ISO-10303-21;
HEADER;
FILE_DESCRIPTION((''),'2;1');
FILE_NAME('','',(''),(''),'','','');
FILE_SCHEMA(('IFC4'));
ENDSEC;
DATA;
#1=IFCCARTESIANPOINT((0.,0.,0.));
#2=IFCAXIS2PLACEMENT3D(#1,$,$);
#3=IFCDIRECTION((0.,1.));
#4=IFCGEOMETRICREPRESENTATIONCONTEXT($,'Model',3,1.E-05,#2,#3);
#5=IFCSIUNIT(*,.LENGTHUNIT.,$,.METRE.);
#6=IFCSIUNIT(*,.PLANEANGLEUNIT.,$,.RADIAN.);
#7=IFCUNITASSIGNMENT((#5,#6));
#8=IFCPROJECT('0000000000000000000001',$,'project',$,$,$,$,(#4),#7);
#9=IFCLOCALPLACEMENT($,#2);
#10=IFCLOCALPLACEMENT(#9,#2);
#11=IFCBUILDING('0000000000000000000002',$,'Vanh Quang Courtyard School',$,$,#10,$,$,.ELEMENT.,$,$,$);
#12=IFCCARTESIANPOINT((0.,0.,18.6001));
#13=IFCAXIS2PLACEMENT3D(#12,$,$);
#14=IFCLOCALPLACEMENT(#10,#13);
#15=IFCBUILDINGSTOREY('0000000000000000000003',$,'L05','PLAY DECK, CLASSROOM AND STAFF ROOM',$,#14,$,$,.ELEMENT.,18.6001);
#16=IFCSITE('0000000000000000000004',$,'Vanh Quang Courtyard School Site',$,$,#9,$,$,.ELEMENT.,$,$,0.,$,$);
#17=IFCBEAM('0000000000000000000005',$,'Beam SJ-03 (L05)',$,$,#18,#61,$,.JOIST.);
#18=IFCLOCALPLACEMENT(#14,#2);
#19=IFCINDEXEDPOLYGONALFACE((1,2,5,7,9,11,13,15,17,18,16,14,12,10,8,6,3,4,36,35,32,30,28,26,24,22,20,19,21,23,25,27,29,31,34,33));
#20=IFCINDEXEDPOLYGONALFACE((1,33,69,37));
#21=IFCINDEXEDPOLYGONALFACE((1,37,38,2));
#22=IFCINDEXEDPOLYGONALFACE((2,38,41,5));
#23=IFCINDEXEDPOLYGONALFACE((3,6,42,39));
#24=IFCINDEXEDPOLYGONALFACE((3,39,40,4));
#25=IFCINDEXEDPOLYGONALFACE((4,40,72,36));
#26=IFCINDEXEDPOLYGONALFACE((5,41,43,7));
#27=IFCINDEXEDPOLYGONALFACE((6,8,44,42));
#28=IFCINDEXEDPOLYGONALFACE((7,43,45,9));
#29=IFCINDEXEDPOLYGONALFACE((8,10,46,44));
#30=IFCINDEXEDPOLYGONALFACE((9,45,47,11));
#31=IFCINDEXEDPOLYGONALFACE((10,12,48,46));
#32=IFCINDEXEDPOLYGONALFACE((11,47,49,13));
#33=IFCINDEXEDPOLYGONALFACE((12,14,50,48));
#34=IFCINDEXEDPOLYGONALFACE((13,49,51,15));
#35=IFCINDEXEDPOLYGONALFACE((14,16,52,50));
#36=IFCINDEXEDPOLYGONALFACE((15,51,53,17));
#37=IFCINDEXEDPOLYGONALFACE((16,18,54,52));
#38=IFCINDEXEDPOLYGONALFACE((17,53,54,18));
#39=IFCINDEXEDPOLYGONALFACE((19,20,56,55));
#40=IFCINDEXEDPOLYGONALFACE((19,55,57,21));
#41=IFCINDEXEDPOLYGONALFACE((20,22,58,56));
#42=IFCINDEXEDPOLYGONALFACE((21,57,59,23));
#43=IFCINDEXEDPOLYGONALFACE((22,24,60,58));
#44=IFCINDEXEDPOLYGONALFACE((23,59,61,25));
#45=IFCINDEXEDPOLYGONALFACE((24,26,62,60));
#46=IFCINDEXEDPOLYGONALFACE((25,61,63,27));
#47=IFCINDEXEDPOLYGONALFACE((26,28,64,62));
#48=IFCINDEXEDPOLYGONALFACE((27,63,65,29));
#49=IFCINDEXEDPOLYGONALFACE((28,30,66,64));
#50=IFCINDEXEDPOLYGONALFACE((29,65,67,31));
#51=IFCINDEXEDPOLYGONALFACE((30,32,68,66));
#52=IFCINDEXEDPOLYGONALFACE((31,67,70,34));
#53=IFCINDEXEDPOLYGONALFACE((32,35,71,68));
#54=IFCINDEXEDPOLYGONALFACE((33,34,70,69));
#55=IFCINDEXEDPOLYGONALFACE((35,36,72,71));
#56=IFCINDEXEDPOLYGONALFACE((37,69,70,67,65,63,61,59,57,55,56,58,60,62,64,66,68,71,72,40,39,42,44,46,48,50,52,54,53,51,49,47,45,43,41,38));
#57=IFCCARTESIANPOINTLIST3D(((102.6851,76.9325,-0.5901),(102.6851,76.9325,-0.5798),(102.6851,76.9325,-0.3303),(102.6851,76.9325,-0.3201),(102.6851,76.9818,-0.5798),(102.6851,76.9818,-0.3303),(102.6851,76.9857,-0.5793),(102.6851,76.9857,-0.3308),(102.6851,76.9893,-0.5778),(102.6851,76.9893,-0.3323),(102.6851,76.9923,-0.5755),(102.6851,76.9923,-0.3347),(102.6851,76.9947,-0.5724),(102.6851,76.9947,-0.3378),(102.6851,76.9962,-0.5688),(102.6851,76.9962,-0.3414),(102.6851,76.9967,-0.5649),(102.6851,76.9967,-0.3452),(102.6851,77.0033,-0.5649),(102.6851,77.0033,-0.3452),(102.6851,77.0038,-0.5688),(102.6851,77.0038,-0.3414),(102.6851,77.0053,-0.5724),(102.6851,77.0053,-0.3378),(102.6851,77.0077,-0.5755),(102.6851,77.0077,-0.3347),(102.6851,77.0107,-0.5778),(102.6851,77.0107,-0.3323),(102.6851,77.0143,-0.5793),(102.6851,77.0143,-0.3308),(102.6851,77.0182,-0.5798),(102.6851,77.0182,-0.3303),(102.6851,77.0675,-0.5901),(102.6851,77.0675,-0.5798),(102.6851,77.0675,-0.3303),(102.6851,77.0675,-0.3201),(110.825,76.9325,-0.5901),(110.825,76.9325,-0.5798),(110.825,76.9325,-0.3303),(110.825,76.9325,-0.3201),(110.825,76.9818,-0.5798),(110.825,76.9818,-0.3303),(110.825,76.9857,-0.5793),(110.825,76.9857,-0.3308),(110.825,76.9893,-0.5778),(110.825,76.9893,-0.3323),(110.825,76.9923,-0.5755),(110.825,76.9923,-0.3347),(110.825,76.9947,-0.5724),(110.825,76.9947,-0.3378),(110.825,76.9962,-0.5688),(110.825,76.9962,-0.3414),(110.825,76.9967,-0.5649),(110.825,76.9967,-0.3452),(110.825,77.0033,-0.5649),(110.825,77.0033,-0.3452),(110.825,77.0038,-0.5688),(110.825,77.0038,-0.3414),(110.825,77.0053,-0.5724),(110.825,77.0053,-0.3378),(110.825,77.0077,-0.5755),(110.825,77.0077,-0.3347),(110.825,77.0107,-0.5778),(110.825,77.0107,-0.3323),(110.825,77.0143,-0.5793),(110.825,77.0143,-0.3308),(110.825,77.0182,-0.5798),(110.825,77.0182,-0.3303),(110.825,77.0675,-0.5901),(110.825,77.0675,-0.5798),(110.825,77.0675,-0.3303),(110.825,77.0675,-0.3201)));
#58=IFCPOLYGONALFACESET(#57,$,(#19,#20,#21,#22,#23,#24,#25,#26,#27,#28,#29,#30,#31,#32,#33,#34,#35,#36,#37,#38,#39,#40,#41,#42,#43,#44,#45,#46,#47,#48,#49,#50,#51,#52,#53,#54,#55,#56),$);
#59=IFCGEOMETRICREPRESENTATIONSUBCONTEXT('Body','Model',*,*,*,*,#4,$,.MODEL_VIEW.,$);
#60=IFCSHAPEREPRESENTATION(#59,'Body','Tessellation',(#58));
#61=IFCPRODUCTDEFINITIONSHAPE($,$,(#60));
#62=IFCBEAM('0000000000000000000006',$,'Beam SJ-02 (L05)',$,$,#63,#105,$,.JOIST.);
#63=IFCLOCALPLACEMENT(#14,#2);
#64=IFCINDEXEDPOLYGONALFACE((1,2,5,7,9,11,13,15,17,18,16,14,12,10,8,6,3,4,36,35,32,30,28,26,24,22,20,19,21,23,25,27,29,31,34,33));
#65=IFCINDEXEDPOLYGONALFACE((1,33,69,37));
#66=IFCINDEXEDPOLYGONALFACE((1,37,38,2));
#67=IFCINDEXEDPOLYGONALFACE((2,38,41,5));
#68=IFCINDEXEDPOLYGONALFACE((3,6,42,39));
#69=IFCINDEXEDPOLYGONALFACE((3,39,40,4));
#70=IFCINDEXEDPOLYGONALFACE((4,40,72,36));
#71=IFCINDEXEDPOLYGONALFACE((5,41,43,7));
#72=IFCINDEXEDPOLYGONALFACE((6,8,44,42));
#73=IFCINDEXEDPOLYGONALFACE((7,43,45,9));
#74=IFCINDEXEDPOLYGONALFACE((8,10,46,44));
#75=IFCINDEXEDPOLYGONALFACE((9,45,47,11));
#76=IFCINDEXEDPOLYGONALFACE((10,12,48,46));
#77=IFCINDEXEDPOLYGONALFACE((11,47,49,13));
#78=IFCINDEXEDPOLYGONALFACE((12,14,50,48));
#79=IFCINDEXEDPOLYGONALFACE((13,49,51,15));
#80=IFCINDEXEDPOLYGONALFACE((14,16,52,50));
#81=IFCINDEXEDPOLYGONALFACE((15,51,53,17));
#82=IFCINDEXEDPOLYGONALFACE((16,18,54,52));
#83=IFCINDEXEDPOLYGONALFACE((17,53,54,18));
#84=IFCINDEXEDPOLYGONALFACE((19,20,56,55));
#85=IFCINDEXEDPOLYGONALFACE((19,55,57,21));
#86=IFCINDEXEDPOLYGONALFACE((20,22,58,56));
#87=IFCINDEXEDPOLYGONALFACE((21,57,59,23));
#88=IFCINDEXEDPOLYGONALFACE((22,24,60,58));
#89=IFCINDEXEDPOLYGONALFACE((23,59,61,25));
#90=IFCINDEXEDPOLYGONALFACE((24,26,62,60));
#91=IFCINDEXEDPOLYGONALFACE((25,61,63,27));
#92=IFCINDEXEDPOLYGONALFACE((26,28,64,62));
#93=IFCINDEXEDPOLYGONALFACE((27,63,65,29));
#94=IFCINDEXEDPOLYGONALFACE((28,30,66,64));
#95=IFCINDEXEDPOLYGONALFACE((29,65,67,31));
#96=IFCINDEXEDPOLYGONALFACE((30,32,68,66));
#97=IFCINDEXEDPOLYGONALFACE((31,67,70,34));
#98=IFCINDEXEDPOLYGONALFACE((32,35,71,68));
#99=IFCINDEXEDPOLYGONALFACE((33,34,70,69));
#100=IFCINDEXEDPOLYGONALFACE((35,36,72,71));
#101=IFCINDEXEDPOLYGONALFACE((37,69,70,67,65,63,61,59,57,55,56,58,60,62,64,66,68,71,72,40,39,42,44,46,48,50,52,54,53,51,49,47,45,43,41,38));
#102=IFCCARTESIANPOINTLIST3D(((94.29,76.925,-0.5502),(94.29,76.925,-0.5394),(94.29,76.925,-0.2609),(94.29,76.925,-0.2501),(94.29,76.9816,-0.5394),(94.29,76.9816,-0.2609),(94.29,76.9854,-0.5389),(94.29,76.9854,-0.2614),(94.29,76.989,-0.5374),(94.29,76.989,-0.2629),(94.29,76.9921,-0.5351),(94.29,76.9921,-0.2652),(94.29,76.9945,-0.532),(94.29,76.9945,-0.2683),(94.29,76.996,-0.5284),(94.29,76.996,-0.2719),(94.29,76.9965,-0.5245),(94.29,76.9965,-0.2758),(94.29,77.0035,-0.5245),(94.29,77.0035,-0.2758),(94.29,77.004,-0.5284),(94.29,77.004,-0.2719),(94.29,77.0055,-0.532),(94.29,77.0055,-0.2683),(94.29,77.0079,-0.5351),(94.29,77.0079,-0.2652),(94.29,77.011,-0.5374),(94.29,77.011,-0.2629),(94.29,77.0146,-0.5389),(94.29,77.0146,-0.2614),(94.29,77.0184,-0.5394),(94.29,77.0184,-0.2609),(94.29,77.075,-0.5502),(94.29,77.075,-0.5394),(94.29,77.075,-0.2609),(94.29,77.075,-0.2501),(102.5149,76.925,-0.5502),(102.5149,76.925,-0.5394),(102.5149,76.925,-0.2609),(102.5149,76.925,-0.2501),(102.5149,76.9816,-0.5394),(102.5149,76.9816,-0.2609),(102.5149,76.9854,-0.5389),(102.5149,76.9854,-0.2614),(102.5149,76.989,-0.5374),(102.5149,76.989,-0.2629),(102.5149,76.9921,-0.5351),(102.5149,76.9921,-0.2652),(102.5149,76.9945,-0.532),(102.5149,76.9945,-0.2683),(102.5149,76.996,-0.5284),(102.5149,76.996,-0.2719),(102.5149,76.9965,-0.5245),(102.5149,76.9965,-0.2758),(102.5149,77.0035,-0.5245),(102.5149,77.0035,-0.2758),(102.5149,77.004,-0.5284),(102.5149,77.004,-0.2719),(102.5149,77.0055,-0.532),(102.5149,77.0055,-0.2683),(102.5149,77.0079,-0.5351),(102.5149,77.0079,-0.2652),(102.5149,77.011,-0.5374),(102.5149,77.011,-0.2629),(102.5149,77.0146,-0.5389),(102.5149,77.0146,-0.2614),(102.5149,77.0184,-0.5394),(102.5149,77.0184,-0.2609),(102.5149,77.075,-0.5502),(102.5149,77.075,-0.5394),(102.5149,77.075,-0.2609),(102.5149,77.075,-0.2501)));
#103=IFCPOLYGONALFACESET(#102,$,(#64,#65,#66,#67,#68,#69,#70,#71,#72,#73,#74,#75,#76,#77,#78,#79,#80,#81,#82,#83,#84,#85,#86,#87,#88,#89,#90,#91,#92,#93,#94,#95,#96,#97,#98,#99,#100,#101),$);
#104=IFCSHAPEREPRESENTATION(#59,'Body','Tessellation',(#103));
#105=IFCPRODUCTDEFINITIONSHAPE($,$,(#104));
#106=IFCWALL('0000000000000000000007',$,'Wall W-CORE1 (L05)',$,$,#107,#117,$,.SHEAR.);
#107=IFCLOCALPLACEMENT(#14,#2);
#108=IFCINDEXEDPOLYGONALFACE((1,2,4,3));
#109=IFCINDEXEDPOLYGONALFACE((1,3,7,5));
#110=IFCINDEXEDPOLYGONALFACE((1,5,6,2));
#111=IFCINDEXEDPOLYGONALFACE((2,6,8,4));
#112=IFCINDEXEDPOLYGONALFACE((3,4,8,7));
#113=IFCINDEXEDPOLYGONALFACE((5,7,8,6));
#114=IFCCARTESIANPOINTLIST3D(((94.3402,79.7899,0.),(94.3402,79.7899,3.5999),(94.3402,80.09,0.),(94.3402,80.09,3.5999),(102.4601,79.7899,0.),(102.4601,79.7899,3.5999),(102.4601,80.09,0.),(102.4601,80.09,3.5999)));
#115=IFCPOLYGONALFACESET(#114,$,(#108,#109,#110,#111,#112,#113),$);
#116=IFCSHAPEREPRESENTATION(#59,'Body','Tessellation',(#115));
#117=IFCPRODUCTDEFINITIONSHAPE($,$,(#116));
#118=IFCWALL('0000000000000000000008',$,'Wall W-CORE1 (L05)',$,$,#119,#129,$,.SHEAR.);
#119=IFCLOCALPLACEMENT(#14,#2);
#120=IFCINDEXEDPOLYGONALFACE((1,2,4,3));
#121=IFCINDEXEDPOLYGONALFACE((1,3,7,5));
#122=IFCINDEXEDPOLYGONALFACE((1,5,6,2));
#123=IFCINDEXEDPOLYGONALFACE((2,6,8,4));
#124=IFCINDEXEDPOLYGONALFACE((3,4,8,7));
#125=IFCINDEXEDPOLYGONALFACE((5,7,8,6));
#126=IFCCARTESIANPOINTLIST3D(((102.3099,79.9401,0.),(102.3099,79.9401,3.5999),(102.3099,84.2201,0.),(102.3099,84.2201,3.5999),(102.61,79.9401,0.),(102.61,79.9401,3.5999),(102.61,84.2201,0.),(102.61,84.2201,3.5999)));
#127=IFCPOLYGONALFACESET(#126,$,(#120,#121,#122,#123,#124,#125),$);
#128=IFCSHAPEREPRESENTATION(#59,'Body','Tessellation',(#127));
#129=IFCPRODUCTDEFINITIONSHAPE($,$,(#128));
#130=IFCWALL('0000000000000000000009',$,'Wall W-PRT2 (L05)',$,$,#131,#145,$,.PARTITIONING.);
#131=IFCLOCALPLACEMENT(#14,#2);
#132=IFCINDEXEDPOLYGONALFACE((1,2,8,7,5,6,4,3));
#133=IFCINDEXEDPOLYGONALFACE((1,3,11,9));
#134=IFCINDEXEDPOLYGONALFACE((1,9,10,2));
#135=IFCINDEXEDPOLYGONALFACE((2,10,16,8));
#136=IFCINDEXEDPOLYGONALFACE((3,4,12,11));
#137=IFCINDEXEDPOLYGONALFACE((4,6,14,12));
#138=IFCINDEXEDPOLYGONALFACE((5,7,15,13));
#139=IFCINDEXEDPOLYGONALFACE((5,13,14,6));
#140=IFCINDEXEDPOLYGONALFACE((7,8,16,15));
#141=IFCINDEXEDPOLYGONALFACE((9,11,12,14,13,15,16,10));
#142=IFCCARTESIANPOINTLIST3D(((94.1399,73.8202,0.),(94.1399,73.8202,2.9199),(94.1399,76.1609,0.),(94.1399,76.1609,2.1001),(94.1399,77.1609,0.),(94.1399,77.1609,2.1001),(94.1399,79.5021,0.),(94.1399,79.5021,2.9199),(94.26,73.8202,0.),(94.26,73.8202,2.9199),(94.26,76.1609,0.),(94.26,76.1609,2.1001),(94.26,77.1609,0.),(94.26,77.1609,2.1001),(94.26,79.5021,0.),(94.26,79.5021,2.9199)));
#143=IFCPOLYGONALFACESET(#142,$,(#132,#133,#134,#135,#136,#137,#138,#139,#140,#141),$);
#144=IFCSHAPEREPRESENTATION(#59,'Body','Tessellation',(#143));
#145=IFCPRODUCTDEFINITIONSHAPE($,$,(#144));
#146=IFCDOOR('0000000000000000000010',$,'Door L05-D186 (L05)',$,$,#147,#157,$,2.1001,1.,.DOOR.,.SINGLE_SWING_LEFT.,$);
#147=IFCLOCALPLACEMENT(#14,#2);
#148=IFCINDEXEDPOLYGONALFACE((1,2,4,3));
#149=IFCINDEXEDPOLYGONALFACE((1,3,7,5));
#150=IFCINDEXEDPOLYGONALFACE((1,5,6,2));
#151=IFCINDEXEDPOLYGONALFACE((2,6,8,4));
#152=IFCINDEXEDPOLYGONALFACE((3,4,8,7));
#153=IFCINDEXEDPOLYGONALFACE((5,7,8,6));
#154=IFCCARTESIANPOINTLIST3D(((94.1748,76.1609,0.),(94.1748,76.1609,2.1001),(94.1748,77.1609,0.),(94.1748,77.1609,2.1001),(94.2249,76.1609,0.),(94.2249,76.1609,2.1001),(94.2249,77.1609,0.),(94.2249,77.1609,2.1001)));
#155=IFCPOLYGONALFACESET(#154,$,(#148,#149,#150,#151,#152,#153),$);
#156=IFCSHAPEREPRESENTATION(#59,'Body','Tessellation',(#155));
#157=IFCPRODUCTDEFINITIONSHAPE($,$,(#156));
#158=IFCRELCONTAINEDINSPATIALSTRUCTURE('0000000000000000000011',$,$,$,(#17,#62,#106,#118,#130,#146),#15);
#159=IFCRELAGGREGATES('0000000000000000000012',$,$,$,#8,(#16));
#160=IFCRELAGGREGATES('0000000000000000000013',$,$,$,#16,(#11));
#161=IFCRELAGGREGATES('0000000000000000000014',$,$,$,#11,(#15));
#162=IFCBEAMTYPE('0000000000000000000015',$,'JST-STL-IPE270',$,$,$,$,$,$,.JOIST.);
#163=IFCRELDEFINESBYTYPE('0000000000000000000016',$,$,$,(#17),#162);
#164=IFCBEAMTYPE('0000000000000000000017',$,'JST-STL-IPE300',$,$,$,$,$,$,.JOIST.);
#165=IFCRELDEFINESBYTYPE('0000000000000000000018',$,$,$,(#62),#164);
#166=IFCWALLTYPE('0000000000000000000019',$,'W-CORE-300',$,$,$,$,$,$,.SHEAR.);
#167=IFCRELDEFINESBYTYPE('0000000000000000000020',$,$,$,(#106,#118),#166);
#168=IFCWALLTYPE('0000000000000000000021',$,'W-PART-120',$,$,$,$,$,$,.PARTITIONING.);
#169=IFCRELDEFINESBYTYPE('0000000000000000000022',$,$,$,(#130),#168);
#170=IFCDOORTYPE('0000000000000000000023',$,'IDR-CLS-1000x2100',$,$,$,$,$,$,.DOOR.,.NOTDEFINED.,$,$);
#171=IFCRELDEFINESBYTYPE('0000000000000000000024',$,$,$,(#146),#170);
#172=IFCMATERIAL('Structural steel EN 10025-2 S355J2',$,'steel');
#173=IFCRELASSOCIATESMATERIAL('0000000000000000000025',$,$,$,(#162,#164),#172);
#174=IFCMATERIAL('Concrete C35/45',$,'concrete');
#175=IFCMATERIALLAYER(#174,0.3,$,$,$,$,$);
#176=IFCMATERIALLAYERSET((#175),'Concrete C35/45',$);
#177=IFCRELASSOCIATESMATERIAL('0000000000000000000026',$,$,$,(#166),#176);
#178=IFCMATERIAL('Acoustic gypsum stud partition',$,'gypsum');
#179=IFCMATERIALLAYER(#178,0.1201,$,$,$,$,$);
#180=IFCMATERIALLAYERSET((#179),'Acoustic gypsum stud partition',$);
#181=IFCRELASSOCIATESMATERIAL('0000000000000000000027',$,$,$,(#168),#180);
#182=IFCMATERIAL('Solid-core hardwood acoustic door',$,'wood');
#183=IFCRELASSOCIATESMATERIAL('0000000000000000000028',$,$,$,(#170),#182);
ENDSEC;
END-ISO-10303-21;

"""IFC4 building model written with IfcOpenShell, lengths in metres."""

from ifc_helpers import new_model, si_unit, direction, frame, frame_2d, origin, origin_2d, place, context, subcontext, project, spatial, rectangle, i_section, extrude, material, layer, layer_set, material_profile, profile_set, type_object, element, fill, save


model = new_model("IFC4")

# Units and contexts
model_context = context("Model", 3, precision=1e-05, world=origin(), true_north=direction((0.0, 1.0)))
body_context = subcontext(model_context, "Body", "Model", "MODEL_VIEW")
ifc_project = project(units=[si_unit("LENGTHUNIT", "METRE"), si_unit("PLANEANGLEUNIT", "RADIAN")], contexts=[model_context])

# Site, building, storey
site_placement = place(None, origin())
site = spatial("IfcSite", under=ifc_project, at=site_placement, Name="Vanh Quang Courtyard School Site", CompositionType="ELEMENT", RefElevation=0.0)
building_placement = place(site_placement, origin())
building = spatial("IfcBuilding", under=site, at=building_placement, Name="Vanh Quang Courtyard School", CompositionType="ELEMENT")
storey_placement = place(building_placement, frame((0.0, 0.0, 18.6001)))
storey = spatial("IfcBuildingStorey", under=building, at=storey_placement, Name="L05", Description="PLAY DECK, CLASSROOM AND STAFF ROOM", CompositionType="ELEMENT", Elevation=18.6001)

# Shared definitions
ifc_material_1 = material(Name="Concrete C35/45", Category="concrete")

# Beams
ifc_material_2 = material(Name="Structural steel EN 10025-2 S355J2", Category="steel")
ifc_material_profile_1 = material_profile(ifc_material_2, i_section(OverallWidth=0.135, OverallDepth=0.27, WebThickness=0.0066, FlangeThickness=0.0103, FilletRadius=0.0149, at=origin_2d()), Name="IPE 270")
ifc_profile_set_1 = profile_set([ifc_material_profile_1], Name="Structural steel EN 10025-2 S355J2")
beam_type_1 = type_object("IfcBeamType", Name="JST-STL-IPE270", PredefinedType="JOIST", material=ifc_profile_set_1)
beam_1_placement = place(storey_placement, frame((102.6851, 77.0, -0.4551), z_axis=(1.0, 0.0, 0.0), x_axis=(0.0, 1.0, 0.0)))
element("IfcBeam", 1, at=beam_1_placement, inside=storey, type_object=beam_type_1, Name="Beam SJ-03 (L05)", PredefinedType="JOIST", context=body_context, shape_type="SweptSolid", body=[
    extrude(i_section(OverallWidth=0.135, OverallDepth=0.27, WebThickness=0.0066, FlangeThickness=0.0103, FilletRadius=0.0149, at=origin_2d()), origin(), (0.0, 0.0, 1.0), 8.1399),
])
ifc_material_profile_2 = material_profile(ifc_material_2, i_section(OverallWidth=0.1499, OverallDepth=0.3, WebThickness=0.0071, FlangeThickness=0.0107, FilletRadius=0.0149, at=origin_2d()), Name="IPE 300")
ifc_profile_set_2 = profile_set([ifc_material_profile_2], Name="Structural steel EN 10025-2 S355J2")
beam_type_2 = type_object("IfcBeamType", Name="JST-STL-IPE300", PredefinedType="JOIST", material=ifc_profile_set_2)
beam_2_placement = place(storey_placement, frame((94.29, 77.0, -0.4001), z_axis=(1.0, 0.0, 0.0), x_axis=(0.0, 1.0, 0.0)))
element("IfcBeam", 2, at=beam_2_placement, inside=storey, type_object=beam_type_2, Name="Beam SJ-02 (L05)", PredefinedType="JOIST", context=body_context, shape_type="SweptSolid", body=[
    extrude(i_section(OverallWidth=0.1499, OverallDepth=0.3, WebThickness=0.0071, FlangeThickness=0.0107, FilletRadius=0.0149, at=origin_2d()), origin(), (0.0, 0.0, 1.0), 8.2249),
])

# Walls
ifc_layer_1 = layer(ifc_material_1, 0.3)
ifc_layer_set_1 = layer_set([ifc_layer_1], Name="Concrete C35/45")
wall_type_1 = type_object("IfcWallType", Name="W-CORE-300", PredefinedType="SHEAR", material=ifc_layer_set_1)
wall_1_placement = place(storey_placement, frame((94.3401, 79.9399, 0.0), z_axis=(0.0, 0.0, 1.0), x_axis=(1.0, 0.0, 0.0)))
element("IfcWall", 3, at=wall_1_placement, inside=storey, type_object=wall_type_1, Name="Wall W-CORE1 (L05)", PredefinedType="SHEAR", context=body_context, shape_type="SweptSolid", body=[
    extrude(rectangle(XDim=8.1199, YDim=0.3, at=frame_2d((4.0601, 0.0))), origin(), (0.0, 0.0, 1.0), 3.5999),
])
wall_2_placement = place(storey_placement, frame((102.46, 79.9399, 0.0), z_axis=(0.0, 0.0, 1.0), x_axis=(0.0, 1.0, 0.0)))
element("IfcWall", 4, at=wall_2_placement, inside=storey, type_object=wall_type_1, Name="Wall W-CORE1 (L05)", PredefinedType="SHEAR", context=body_context, shape_type="SweptSolid", body=[
    extrude(rectangle(XDim=4.28, YDim=0.3, at=frame_2d((2.1401, 0.0))), origin(), (0.0, 0.0, 1.0), 3.5999),
])

# Wall, opening, door
ifc_material_3 = material(Name="Acoustic gypsum stud partition", Category="gypsum")
ifc_layer_2 = layer(ifc_material_3, 0.1201)
ifc_layer_set_2 = layer_set([ifc_layer_2], Name="Acoustic gypsum stud partition")
wall_type_2 = type_object("IfcWallType", Name="W-PART-120", PredefinedType="PARTITIONING", material=ifc_layer_set_2)
wall_3_placement = place(storey_placement, frame((94.2, 79.502, 0.0), z_axis=(0.0, 0.0, 1.0), x_axis=(0.0, -1.0, 0.0)))
wall_3 = element("IfcWall", 5, at=wall_3_placement, inside=storey, type_object=wall_type_2, Name="Wall W-PRT2 (L05)", PredefinedType="PARTITIONING", context=body_context, shape_type="SweptSolid", body=[
    extrude(rectangle(XDim=5.6819, YDim=0.1201, at=frame_2d((2.8408, 0.0))), origin(), (0.0, 0.0, 1.0), 2.9199),
])
opening_1_placement = place(wall_3_placement, frame((2.3411, 0.0, 0.0)))
opening_1 = element("IfcOpeningElement", 6, at=opening_1_placement, cuts=wall_3, PredefinedType="OPENING", context=body_context, shape_type="SweptSolid", body=[
    extrude(rectangle(XDim=1.0, YDim=2.1001, at=frame_2d((0.5, 1.05))), frame((0.0, 0.0701, 0.0), z_axis=(0.0, -1.0, 0.0), x_axis=(1.0, 0.0, 0.0)), (0.0, 0.0, 1.0), 0.1401),
])
ifc_material_4 = material(Name="Solid-core hardwood acoustic door", Category="wood")
door_type_1 = type_object("IfcDoorType", Name="IDR-CLS-1000x2100", OperationType="NOTDEFINED", PredefinedType="DOOR", material=ifc_material_4)
door_1_placement = place(opening_1_placement, origin())
door_1 = element("IfcDoor", 7, at=door_1_placement, inside=storey, type_object=door_type_1, Name="Door L05-D186 (L05)", OperationType="SINGLE_SWING_LEFT", OverallHeight=2.1001, OverallWidth=1.0, PredefinedType="DOOR", context=body_context, shape_type="SweptSolid", body=[
    extrude(rectangle(XDim=1.0, YDim=2.1001, at=frame_2d((0.5, 1.05))), frame((0.0, 0.0249, 0.0), z_axis=(0.0, -1.0, 0.0), x_axis=(1.0, 0.0, 0.0)), (0.0, 0.0, 1.0), 0.05),
])
fill(opening_1, door_1)

save(model, "model.ifc")
